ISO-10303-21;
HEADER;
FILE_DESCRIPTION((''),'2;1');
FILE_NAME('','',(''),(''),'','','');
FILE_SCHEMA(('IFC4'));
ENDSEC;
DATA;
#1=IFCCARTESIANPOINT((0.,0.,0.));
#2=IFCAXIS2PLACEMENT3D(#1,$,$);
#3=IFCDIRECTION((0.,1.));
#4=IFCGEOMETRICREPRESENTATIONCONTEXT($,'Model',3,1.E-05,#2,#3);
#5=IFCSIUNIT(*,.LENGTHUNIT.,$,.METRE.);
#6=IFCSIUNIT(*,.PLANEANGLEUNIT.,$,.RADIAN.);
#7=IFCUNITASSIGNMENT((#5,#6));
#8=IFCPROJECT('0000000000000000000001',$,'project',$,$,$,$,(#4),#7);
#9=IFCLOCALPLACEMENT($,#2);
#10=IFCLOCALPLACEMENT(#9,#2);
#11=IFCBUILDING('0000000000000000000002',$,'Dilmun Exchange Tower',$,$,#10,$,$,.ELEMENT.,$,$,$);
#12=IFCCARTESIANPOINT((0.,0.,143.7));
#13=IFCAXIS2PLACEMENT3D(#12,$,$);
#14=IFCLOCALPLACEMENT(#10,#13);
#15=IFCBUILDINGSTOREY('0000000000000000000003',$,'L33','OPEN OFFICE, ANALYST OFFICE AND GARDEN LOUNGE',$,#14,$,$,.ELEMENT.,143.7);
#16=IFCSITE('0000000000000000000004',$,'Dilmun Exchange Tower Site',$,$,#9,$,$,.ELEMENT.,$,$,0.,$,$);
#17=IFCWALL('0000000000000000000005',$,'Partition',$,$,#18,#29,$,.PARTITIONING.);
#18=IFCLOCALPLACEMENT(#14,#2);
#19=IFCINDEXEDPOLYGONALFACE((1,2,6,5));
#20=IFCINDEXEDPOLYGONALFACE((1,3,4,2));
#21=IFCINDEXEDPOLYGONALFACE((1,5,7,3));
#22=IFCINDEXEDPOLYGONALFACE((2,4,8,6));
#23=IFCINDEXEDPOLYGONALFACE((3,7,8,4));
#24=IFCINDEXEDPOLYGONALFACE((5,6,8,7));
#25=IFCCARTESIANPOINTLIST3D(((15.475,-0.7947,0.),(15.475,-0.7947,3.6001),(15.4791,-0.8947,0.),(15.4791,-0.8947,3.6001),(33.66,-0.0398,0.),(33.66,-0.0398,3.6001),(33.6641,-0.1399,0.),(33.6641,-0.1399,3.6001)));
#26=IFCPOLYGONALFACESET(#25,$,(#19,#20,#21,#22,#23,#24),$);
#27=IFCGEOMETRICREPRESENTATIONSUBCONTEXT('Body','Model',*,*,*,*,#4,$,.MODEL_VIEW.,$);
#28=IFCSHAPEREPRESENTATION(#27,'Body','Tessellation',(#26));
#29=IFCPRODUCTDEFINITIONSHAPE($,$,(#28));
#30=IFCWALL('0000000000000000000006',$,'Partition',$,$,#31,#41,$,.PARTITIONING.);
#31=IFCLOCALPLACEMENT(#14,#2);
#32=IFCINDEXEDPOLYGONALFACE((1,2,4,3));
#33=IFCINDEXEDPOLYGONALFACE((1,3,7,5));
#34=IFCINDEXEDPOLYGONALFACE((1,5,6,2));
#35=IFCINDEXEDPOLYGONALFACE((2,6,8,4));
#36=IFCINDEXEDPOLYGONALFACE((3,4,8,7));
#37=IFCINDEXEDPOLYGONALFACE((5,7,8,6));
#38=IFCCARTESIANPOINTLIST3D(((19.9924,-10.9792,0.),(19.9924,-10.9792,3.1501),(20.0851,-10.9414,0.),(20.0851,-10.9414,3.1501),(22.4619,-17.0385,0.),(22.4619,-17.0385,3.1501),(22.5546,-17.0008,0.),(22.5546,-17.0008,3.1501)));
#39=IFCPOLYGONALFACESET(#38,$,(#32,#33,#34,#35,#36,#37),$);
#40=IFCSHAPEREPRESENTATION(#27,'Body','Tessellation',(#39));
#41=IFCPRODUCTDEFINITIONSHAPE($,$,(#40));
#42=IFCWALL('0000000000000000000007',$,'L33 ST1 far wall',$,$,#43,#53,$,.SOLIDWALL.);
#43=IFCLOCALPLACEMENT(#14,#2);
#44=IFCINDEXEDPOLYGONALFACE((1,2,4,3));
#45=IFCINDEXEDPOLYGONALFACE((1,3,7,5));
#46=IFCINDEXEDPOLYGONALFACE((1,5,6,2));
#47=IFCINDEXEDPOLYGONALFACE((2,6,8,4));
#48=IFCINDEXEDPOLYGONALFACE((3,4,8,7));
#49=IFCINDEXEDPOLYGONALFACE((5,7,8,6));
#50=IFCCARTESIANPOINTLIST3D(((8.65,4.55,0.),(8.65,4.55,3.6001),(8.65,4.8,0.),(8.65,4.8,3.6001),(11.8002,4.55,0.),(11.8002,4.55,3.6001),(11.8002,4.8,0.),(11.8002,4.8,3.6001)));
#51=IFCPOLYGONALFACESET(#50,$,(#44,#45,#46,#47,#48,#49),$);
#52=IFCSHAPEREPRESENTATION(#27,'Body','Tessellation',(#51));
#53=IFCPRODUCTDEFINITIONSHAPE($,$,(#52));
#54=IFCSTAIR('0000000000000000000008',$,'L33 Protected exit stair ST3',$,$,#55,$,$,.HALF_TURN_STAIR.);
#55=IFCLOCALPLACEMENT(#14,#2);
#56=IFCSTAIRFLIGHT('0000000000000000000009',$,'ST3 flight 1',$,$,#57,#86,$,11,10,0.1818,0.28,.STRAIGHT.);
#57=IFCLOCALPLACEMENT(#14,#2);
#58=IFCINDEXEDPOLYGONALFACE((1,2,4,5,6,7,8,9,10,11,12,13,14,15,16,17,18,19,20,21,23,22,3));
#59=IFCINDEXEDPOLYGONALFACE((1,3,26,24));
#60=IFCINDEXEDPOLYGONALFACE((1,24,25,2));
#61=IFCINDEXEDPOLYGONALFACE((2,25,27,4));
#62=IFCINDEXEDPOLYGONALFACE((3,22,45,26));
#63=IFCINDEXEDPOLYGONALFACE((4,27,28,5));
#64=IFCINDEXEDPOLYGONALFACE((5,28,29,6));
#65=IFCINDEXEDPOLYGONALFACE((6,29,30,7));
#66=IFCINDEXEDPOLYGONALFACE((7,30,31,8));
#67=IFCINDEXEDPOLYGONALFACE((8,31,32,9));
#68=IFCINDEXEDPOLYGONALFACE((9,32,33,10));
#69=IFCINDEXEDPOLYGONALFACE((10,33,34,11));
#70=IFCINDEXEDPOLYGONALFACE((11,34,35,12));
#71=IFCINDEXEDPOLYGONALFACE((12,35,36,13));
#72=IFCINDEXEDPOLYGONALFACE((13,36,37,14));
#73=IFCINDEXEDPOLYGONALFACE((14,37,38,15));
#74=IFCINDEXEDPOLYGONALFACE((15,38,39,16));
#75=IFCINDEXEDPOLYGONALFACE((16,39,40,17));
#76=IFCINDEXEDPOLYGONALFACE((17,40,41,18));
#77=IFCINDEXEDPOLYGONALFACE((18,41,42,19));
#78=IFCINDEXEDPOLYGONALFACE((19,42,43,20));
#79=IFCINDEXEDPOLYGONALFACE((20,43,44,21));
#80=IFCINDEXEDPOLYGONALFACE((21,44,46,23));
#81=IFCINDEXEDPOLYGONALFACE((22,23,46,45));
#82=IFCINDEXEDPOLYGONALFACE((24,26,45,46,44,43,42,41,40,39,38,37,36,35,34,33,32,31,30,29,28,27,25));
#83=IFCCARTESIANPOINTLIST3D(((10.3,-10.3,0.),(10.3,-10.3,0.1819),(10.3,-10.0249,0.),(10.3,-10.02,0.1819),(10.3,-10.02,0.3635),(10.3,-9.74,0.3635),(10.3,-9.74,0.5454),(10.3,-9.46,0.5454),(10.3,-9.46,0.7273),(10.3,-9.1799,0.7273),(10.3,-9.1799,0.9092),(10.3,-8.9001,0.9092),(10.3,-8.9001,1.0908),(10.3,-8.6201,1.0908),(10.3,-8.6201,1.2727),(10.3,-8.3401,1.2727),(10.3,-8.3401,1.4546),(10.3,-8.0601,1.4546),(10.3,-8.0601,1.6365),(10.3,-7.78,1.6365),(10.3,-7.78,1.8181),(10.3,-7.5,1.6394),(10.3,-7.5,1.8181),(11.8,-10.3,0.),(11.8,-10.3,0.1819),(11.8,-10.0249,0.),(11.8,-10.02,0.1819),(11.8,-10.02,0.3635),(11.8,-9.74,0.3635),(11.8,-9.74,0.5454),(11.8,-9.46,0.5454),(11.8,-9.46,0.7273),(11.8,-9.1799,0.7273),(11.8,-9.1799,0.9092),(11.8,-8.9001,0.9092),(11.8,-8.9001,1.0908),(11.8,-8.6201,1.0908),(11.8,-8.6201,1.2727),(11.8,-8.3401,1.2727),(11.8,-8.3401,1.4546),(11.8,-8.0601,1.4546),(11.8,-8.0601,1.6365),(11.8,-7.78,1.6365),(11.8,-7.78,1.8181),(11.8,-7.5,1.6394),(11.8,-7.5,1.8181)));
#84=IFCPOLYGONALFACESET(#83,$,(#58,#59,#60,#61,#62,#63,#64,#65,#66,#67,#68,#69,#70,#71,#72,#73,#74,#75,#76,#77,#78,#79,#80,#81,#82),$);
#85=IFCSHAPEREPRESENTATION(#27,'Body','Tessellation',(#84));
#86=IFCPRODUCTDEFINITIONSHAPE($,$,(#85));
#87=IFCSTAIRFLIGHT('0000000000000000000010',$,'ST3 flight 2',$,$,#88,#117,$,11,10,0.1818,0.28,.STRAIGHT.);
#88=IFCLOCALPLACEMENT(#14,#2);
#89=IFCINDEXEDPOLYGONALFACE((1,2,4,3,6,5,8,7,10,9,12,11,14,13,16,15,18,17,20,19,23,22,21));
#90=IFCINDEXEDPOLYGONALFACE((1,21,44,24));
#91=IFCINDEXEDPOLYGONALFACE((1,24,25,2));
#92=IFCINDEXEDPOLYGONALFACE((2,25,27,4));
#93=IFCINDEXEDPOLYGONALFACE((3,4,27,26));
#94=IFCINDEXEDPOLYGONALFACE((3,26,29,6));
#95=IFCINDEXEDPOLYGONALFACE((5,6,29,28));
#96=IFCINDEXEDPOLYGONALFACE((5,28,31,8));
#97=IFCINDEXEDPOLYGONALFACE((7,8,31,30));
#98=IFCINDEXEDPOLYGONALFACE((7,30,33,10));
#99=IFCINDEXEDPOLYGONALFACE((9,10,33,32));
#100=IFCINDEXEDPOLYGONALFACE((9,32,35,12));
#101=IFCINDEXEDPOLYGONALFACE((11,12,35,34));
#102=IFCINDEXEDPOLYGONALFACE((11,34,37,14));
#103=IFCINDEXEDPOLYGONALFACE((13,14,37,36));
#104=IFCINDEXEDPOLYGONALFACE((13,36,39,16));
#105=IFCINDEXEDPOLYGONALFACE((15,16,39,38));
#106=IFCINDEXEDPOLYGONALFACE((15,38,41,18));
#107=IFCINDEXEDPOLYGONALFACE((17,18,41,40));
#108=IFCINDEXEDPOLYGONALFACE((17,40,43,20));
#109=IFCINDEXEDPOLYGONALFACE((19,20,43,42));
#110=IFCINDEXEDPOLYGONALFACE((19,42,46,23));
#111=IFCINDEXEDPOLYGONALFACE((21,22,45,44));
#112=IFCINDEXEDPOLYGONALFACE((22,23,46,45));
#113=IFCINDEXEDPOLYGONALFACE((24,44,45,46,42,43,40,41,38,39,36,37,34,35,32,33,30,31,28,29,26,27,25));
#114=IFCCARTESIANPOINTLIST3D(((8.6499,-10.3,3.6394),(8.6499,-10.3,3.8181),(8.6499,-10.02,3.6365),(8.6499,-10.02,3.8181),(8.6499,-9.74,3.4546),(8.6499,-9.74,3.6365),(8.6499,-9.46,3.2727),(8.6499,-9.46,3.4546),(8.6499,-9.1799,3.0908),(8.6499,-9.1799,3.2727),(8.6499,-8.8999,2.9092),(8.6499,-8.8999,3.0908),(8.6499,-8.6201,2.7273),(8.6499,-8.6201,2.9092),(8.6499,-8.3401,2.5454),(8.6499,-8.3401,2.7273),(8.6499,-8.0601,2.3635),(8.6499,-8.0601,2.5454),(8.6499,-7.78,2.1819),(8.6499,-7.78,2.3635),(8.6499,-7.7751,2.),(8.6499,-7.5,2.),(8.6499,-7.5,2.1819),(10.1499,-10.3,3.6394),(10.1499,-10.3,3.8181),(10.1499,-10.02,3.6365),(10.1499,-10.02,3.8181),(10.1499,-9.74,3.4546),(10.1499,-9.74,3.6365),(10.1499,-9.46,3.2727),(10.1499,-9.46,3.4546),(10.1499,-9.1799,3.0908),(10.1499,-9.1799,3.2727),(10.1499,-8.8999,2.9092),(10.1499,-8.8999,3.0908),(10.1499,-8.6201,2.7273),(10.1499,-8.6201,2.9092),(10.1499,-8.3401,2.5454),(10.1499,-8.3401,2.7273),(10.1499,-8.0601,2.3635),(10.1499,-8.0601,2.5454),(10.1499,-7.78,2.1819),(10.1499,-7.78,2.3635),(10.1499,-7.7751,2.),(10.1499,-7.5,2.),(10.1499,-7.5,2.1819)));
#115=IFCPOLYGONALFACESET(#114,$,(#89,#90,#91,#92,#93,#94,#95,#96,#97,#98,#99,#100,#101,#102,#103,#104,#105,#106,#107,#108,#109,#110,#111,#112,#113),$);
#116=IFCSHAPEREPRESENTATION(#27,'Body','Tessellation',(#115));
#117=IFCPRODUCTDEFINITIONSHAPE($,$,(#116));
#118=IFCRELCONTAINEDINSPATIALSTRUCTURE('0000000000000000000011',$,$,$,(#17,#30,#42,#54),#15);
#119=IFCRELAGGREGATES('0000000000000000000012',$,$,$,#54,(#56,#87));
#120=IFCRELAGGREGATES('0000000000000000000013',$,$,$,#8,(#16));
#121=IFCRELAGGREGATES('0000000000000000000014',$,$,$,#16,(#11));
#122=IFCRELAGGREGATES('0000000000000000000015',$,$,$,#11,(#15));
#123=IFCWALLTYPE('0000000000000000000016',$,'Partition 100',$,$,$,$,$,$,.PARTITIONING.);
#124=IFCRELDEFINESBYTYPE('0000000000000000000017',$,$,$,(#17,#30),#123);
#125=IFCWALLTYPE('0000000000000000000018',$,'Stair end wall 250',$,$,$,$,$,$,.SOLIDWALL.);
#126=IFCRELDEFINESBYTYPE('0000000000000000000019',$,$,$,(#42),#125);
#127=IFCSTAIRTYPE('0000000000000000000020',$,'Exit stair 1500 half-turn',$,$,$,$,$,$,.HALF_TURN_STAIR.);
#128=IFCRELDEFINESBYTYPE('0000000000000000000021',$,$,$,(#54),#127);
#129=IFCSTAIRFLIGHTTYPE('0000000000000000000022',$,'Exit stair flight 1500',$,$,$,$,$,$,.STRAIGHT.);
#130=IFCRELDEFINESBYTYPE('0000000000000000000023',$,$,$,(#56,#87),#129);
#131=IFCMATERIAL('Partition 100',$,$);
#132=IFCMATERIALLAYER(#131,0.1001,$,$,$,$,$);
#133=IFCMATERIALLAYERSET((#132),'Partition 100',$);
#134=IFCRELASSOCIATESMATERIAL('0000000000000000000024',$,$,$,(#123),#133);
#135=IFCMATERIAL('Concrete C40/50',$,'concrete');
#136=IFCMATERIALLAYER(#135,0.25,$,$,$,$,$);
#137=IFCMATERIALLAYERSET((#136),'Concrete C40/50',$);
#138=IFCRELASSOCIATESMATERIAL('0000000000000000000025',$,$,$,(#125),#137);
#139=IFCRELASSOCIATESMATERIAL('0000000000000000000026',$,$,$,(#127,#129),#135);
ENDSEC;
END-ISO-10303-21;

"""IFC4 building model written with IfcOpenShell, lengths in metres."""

from ifc_helpers import new_model, si_unit, direction, frame, frame_2d, origin, place, context, subcontext, project, spatial, polyline, rectangle, outline, extrude, material, layer, layer_set, type_object, element, aggregate, save


model = new_model("IFC4")

# Units and contexts
model_context = context("Model", 3, precision=1e-05, world=origin(), true_north=direction((0.0, 1.0)))
body_context = subcontext(model_context, "Body", "Model", "MODEL_VIEW")
ifc_project = project(units=[si_unit("LENGTHUNIT", "METRE"), si_unit("PLANEANGLEUNIT", "RADIAN")], contexts=[model_context])

# Site, building, storey
site_placement = place(None, origin())
site = spatial("IfcSite", under=ifc_project, at=site_placement, Name="Dilmun Exchange Tower Site", CompositionType="ELEMENT", RefElevation=0.0)
building_placement = place(site_placement, origin())
building = spatial("IfcBuilding", under=site, at=building_placement, Name="Dilmun Exchange Tower", CompositionType="ELEMENT")
storey_placement = place(building_placement, frame((0.0, 0.0, 143.7)))
storey = spatial("IfcBuildingStorey", under=building, at=storey_placement, Name="L33", Description="OPEN OFFICE, ANALYST OFFICE AND GARDEN LOUNGE", CompositionType="ELEMENT", Elevation=143.7)

# Shared definitions
ifc_material_1 = material(Name="Concrete C40/50", Category="concrete")

# Walls
ifc_material_2 = material(Name="Partition 100")
ifc_layer_1 = layer(ifc_material_2, 0.1001)
ifc_layer_set_1 = layer_set([ifc_layer_1], Name="Partition 100")
wall_type_1 = type_object("IfcWallType", Name="Partition 100", PredefinedType="PARTITIONING", material=ifc_layer_set_1)
wall_1_placement = place(storey_placement, frame((15.4771, -0.8447, 0.0), z_axis=(0.0, 0.0, 1.0), x_axis=(0.99914, 0.041475, 0.0)))
element("IfcWall", 1, at=wall_1_placement, inside=storey, type_object=wall_type_1, Name="Partition", PredefinedType="PARTITIONING", context=body_context, shape_type="SweptSolid", body=[
    extrude(rectangle(XDim=18.2007, YDim=0.1001, at=frame_2d((9.1003, 0.0))), origin(), (0.0, 0.0, 1.0), 3.6001),
])
wall_2_placement = place(storey_placement, frame((20.0388, -10.9604, 0.0), z_axis=(0.0, 0.0, 1.0), x_axis=(0.377411, -0.926046, 0.0)))
element("IfcWall", 2, at=wall_2_placement, inside=storey, type_object=wall_type_1, Name="Partition", PredefinedType="PARTITIONING", context=body_context, shape_type="SweptSolid", body=[
    extrude(rectangle(XDim=6.5432, YDim=0.1001, at=frame_2d((3.2715, 0.0))), origin(), (0.0, 0.0, 1.0), 3.1501),
])
ifc_layer_2 = layer(ifc_material_1, 0.25)
ifc_layer_set_2 = layer_set([ifc_layer_2], Name="Concrete C40/50")
wall_type_2 = type_object("IfcWallType", Name="Stair end wall 250", PredefinedType="SOLIDWALL", material=ifc_layer_set_2)
wall_3_placement = place(storey_placement, frame((8.6499, 4.675, 0.0), z_axis=(0.0, 0.0, 1.0), x_axis=(1.0, 0.0, 0.0)))
element("IfcWall", 3, at=wall_3_placement, inside=storey, type_object=wall_type_2, Name="L33 ST1 far wall", PredefinedType="SOLIDWALL", context=body_context, shape_type="SweptSolid", body=[
    extrude(rectangle(XDim=3.1501, YDim=0.25, at=frame_2d((1.5752, 0.0))), origin(), (0.0, 0.0, 1.0), 3.6001),
])

# Stair, stair flights
stair_type = type_object("IfcStairType", Name="Exit stair 1500 half-turn", PredefinedType="HALF_TURN_STAIR", material=ifc_material_1)
stair_placement = place(storey_placement, origin())
stair = element("IfcStair", 4, at=stair_placement, inside=storey, type_object=stair_type, Name="L33 Protected exit stair ST3", PredefinedType="HALF_TURN_STAIR")
stair_flight_type = type_object("IfcStairFlightType", Name="Exit stair flight 1500", PredefinedType="STRAIGHT", material=ifc_material_1)
stair_flight_1_placement = place(storey_placement, frame((11.05, -10.3, 0.0), z_axis=(0.0, 0.0, 1.0), x_axis=(0.0, 1.0, 0.0)))
stair_flight_1 = element("IfcStairFlight", 5, at=stair_flight_1_placement, type_object=stair_flight_type, Name="ST3 flight 1", NumberOfRisers=11, NumberOfTreads=10, PredefinedType="STRAIGHT", RiserHeight=0.1818, TreadLength=0.28, context=body_context, shape_type="SweptSolid", body=[
    extrude(outline(polyline([(0.0, 0.0), (0.0, 0.1819), (0.28, 0.1819), (0.28, 0.3635), (0.5601, 0.3635), (0.5601, 0.5454), (0.8401, 0.5454), (0.8401, 0.7273), (1.1201, 0.7273), (1.1201, 0.9092), (1.3999, 0.9092), (1.3999, 1.0908), (1.6799, 1.0908), (1.6799, 1.2727), (1.96, 1.2727), (1.96, 1.4546), (2.24, 1.4546), (2.24, 1.6365), (2.52, 1.6365), (2.52, 1.8181), (2.8, 1.8181), (2.8, 2.0), (2.8, 1.6394), (0.2751, 0.0), (0.0, 0.0)])), frame((0.0, 0.75, 0.0), z_axis=(0.0, -1.0, 0.0), x_axis=(1.0, 0.0, 0.0)), (0.0, 0.0, 1.0), 1.5),
])
stair_flight_2_placement = place(storey_placement, frame((9.3999, -7.5, 2.0), z_axis=(0.0, 0.0, 1.0), x_axis=(0.0, -1.0, 0.0)))
stair_flight_2 = element("IfcStairFlight", 6, at=stair_flight_2_placement, type_object=stair_flight_type, Name="ST3 flight 2", NumberOfRisers=11, NumberOfTreads=10, PredefinedType="STRAIGHT", RiserHeight=0.1818, TreadLength=0.28, context=body_context, shape_type="SweptSolid", body=[
    extrude(outline(polyline([(0.0, 0.0), (0.0, 0.1819), (0.28, 0.1819), (0.28, 0.3635), (0.5601, 0.3635), (0.5601, 0.5454), (0.8401, 0.5454), (0.8401, 0.7273), (1.1201, 0.7273), (1.1201, 0.9092), (1.3999, 0.9092), (1.3999, 1.0908), (1.6799, 1.0908), (1.6799, 1.2727), (1.96, 1.2727), (1.96, 1.4546), (2.24, 1.4546), (2.24, 1.6365), (2.52, 1.6365), (2.52, 1.8181), (2.8, 1.8181), (2.8, 2.0), (2.8, 1.6394), (0.2751, 0.0), (0.0, 0.0)])), frame((0.0, 0.75, 0.0), z_axis=(0.0, -1.0, 0.0), x_axis=(1.0, 0.0, 0.0)), (0.0, 0.0, 1.0), 1.5),
])
aggregate(stair, [stair_flight_1, stair_flight_2])

save(model, "model.ifc")
